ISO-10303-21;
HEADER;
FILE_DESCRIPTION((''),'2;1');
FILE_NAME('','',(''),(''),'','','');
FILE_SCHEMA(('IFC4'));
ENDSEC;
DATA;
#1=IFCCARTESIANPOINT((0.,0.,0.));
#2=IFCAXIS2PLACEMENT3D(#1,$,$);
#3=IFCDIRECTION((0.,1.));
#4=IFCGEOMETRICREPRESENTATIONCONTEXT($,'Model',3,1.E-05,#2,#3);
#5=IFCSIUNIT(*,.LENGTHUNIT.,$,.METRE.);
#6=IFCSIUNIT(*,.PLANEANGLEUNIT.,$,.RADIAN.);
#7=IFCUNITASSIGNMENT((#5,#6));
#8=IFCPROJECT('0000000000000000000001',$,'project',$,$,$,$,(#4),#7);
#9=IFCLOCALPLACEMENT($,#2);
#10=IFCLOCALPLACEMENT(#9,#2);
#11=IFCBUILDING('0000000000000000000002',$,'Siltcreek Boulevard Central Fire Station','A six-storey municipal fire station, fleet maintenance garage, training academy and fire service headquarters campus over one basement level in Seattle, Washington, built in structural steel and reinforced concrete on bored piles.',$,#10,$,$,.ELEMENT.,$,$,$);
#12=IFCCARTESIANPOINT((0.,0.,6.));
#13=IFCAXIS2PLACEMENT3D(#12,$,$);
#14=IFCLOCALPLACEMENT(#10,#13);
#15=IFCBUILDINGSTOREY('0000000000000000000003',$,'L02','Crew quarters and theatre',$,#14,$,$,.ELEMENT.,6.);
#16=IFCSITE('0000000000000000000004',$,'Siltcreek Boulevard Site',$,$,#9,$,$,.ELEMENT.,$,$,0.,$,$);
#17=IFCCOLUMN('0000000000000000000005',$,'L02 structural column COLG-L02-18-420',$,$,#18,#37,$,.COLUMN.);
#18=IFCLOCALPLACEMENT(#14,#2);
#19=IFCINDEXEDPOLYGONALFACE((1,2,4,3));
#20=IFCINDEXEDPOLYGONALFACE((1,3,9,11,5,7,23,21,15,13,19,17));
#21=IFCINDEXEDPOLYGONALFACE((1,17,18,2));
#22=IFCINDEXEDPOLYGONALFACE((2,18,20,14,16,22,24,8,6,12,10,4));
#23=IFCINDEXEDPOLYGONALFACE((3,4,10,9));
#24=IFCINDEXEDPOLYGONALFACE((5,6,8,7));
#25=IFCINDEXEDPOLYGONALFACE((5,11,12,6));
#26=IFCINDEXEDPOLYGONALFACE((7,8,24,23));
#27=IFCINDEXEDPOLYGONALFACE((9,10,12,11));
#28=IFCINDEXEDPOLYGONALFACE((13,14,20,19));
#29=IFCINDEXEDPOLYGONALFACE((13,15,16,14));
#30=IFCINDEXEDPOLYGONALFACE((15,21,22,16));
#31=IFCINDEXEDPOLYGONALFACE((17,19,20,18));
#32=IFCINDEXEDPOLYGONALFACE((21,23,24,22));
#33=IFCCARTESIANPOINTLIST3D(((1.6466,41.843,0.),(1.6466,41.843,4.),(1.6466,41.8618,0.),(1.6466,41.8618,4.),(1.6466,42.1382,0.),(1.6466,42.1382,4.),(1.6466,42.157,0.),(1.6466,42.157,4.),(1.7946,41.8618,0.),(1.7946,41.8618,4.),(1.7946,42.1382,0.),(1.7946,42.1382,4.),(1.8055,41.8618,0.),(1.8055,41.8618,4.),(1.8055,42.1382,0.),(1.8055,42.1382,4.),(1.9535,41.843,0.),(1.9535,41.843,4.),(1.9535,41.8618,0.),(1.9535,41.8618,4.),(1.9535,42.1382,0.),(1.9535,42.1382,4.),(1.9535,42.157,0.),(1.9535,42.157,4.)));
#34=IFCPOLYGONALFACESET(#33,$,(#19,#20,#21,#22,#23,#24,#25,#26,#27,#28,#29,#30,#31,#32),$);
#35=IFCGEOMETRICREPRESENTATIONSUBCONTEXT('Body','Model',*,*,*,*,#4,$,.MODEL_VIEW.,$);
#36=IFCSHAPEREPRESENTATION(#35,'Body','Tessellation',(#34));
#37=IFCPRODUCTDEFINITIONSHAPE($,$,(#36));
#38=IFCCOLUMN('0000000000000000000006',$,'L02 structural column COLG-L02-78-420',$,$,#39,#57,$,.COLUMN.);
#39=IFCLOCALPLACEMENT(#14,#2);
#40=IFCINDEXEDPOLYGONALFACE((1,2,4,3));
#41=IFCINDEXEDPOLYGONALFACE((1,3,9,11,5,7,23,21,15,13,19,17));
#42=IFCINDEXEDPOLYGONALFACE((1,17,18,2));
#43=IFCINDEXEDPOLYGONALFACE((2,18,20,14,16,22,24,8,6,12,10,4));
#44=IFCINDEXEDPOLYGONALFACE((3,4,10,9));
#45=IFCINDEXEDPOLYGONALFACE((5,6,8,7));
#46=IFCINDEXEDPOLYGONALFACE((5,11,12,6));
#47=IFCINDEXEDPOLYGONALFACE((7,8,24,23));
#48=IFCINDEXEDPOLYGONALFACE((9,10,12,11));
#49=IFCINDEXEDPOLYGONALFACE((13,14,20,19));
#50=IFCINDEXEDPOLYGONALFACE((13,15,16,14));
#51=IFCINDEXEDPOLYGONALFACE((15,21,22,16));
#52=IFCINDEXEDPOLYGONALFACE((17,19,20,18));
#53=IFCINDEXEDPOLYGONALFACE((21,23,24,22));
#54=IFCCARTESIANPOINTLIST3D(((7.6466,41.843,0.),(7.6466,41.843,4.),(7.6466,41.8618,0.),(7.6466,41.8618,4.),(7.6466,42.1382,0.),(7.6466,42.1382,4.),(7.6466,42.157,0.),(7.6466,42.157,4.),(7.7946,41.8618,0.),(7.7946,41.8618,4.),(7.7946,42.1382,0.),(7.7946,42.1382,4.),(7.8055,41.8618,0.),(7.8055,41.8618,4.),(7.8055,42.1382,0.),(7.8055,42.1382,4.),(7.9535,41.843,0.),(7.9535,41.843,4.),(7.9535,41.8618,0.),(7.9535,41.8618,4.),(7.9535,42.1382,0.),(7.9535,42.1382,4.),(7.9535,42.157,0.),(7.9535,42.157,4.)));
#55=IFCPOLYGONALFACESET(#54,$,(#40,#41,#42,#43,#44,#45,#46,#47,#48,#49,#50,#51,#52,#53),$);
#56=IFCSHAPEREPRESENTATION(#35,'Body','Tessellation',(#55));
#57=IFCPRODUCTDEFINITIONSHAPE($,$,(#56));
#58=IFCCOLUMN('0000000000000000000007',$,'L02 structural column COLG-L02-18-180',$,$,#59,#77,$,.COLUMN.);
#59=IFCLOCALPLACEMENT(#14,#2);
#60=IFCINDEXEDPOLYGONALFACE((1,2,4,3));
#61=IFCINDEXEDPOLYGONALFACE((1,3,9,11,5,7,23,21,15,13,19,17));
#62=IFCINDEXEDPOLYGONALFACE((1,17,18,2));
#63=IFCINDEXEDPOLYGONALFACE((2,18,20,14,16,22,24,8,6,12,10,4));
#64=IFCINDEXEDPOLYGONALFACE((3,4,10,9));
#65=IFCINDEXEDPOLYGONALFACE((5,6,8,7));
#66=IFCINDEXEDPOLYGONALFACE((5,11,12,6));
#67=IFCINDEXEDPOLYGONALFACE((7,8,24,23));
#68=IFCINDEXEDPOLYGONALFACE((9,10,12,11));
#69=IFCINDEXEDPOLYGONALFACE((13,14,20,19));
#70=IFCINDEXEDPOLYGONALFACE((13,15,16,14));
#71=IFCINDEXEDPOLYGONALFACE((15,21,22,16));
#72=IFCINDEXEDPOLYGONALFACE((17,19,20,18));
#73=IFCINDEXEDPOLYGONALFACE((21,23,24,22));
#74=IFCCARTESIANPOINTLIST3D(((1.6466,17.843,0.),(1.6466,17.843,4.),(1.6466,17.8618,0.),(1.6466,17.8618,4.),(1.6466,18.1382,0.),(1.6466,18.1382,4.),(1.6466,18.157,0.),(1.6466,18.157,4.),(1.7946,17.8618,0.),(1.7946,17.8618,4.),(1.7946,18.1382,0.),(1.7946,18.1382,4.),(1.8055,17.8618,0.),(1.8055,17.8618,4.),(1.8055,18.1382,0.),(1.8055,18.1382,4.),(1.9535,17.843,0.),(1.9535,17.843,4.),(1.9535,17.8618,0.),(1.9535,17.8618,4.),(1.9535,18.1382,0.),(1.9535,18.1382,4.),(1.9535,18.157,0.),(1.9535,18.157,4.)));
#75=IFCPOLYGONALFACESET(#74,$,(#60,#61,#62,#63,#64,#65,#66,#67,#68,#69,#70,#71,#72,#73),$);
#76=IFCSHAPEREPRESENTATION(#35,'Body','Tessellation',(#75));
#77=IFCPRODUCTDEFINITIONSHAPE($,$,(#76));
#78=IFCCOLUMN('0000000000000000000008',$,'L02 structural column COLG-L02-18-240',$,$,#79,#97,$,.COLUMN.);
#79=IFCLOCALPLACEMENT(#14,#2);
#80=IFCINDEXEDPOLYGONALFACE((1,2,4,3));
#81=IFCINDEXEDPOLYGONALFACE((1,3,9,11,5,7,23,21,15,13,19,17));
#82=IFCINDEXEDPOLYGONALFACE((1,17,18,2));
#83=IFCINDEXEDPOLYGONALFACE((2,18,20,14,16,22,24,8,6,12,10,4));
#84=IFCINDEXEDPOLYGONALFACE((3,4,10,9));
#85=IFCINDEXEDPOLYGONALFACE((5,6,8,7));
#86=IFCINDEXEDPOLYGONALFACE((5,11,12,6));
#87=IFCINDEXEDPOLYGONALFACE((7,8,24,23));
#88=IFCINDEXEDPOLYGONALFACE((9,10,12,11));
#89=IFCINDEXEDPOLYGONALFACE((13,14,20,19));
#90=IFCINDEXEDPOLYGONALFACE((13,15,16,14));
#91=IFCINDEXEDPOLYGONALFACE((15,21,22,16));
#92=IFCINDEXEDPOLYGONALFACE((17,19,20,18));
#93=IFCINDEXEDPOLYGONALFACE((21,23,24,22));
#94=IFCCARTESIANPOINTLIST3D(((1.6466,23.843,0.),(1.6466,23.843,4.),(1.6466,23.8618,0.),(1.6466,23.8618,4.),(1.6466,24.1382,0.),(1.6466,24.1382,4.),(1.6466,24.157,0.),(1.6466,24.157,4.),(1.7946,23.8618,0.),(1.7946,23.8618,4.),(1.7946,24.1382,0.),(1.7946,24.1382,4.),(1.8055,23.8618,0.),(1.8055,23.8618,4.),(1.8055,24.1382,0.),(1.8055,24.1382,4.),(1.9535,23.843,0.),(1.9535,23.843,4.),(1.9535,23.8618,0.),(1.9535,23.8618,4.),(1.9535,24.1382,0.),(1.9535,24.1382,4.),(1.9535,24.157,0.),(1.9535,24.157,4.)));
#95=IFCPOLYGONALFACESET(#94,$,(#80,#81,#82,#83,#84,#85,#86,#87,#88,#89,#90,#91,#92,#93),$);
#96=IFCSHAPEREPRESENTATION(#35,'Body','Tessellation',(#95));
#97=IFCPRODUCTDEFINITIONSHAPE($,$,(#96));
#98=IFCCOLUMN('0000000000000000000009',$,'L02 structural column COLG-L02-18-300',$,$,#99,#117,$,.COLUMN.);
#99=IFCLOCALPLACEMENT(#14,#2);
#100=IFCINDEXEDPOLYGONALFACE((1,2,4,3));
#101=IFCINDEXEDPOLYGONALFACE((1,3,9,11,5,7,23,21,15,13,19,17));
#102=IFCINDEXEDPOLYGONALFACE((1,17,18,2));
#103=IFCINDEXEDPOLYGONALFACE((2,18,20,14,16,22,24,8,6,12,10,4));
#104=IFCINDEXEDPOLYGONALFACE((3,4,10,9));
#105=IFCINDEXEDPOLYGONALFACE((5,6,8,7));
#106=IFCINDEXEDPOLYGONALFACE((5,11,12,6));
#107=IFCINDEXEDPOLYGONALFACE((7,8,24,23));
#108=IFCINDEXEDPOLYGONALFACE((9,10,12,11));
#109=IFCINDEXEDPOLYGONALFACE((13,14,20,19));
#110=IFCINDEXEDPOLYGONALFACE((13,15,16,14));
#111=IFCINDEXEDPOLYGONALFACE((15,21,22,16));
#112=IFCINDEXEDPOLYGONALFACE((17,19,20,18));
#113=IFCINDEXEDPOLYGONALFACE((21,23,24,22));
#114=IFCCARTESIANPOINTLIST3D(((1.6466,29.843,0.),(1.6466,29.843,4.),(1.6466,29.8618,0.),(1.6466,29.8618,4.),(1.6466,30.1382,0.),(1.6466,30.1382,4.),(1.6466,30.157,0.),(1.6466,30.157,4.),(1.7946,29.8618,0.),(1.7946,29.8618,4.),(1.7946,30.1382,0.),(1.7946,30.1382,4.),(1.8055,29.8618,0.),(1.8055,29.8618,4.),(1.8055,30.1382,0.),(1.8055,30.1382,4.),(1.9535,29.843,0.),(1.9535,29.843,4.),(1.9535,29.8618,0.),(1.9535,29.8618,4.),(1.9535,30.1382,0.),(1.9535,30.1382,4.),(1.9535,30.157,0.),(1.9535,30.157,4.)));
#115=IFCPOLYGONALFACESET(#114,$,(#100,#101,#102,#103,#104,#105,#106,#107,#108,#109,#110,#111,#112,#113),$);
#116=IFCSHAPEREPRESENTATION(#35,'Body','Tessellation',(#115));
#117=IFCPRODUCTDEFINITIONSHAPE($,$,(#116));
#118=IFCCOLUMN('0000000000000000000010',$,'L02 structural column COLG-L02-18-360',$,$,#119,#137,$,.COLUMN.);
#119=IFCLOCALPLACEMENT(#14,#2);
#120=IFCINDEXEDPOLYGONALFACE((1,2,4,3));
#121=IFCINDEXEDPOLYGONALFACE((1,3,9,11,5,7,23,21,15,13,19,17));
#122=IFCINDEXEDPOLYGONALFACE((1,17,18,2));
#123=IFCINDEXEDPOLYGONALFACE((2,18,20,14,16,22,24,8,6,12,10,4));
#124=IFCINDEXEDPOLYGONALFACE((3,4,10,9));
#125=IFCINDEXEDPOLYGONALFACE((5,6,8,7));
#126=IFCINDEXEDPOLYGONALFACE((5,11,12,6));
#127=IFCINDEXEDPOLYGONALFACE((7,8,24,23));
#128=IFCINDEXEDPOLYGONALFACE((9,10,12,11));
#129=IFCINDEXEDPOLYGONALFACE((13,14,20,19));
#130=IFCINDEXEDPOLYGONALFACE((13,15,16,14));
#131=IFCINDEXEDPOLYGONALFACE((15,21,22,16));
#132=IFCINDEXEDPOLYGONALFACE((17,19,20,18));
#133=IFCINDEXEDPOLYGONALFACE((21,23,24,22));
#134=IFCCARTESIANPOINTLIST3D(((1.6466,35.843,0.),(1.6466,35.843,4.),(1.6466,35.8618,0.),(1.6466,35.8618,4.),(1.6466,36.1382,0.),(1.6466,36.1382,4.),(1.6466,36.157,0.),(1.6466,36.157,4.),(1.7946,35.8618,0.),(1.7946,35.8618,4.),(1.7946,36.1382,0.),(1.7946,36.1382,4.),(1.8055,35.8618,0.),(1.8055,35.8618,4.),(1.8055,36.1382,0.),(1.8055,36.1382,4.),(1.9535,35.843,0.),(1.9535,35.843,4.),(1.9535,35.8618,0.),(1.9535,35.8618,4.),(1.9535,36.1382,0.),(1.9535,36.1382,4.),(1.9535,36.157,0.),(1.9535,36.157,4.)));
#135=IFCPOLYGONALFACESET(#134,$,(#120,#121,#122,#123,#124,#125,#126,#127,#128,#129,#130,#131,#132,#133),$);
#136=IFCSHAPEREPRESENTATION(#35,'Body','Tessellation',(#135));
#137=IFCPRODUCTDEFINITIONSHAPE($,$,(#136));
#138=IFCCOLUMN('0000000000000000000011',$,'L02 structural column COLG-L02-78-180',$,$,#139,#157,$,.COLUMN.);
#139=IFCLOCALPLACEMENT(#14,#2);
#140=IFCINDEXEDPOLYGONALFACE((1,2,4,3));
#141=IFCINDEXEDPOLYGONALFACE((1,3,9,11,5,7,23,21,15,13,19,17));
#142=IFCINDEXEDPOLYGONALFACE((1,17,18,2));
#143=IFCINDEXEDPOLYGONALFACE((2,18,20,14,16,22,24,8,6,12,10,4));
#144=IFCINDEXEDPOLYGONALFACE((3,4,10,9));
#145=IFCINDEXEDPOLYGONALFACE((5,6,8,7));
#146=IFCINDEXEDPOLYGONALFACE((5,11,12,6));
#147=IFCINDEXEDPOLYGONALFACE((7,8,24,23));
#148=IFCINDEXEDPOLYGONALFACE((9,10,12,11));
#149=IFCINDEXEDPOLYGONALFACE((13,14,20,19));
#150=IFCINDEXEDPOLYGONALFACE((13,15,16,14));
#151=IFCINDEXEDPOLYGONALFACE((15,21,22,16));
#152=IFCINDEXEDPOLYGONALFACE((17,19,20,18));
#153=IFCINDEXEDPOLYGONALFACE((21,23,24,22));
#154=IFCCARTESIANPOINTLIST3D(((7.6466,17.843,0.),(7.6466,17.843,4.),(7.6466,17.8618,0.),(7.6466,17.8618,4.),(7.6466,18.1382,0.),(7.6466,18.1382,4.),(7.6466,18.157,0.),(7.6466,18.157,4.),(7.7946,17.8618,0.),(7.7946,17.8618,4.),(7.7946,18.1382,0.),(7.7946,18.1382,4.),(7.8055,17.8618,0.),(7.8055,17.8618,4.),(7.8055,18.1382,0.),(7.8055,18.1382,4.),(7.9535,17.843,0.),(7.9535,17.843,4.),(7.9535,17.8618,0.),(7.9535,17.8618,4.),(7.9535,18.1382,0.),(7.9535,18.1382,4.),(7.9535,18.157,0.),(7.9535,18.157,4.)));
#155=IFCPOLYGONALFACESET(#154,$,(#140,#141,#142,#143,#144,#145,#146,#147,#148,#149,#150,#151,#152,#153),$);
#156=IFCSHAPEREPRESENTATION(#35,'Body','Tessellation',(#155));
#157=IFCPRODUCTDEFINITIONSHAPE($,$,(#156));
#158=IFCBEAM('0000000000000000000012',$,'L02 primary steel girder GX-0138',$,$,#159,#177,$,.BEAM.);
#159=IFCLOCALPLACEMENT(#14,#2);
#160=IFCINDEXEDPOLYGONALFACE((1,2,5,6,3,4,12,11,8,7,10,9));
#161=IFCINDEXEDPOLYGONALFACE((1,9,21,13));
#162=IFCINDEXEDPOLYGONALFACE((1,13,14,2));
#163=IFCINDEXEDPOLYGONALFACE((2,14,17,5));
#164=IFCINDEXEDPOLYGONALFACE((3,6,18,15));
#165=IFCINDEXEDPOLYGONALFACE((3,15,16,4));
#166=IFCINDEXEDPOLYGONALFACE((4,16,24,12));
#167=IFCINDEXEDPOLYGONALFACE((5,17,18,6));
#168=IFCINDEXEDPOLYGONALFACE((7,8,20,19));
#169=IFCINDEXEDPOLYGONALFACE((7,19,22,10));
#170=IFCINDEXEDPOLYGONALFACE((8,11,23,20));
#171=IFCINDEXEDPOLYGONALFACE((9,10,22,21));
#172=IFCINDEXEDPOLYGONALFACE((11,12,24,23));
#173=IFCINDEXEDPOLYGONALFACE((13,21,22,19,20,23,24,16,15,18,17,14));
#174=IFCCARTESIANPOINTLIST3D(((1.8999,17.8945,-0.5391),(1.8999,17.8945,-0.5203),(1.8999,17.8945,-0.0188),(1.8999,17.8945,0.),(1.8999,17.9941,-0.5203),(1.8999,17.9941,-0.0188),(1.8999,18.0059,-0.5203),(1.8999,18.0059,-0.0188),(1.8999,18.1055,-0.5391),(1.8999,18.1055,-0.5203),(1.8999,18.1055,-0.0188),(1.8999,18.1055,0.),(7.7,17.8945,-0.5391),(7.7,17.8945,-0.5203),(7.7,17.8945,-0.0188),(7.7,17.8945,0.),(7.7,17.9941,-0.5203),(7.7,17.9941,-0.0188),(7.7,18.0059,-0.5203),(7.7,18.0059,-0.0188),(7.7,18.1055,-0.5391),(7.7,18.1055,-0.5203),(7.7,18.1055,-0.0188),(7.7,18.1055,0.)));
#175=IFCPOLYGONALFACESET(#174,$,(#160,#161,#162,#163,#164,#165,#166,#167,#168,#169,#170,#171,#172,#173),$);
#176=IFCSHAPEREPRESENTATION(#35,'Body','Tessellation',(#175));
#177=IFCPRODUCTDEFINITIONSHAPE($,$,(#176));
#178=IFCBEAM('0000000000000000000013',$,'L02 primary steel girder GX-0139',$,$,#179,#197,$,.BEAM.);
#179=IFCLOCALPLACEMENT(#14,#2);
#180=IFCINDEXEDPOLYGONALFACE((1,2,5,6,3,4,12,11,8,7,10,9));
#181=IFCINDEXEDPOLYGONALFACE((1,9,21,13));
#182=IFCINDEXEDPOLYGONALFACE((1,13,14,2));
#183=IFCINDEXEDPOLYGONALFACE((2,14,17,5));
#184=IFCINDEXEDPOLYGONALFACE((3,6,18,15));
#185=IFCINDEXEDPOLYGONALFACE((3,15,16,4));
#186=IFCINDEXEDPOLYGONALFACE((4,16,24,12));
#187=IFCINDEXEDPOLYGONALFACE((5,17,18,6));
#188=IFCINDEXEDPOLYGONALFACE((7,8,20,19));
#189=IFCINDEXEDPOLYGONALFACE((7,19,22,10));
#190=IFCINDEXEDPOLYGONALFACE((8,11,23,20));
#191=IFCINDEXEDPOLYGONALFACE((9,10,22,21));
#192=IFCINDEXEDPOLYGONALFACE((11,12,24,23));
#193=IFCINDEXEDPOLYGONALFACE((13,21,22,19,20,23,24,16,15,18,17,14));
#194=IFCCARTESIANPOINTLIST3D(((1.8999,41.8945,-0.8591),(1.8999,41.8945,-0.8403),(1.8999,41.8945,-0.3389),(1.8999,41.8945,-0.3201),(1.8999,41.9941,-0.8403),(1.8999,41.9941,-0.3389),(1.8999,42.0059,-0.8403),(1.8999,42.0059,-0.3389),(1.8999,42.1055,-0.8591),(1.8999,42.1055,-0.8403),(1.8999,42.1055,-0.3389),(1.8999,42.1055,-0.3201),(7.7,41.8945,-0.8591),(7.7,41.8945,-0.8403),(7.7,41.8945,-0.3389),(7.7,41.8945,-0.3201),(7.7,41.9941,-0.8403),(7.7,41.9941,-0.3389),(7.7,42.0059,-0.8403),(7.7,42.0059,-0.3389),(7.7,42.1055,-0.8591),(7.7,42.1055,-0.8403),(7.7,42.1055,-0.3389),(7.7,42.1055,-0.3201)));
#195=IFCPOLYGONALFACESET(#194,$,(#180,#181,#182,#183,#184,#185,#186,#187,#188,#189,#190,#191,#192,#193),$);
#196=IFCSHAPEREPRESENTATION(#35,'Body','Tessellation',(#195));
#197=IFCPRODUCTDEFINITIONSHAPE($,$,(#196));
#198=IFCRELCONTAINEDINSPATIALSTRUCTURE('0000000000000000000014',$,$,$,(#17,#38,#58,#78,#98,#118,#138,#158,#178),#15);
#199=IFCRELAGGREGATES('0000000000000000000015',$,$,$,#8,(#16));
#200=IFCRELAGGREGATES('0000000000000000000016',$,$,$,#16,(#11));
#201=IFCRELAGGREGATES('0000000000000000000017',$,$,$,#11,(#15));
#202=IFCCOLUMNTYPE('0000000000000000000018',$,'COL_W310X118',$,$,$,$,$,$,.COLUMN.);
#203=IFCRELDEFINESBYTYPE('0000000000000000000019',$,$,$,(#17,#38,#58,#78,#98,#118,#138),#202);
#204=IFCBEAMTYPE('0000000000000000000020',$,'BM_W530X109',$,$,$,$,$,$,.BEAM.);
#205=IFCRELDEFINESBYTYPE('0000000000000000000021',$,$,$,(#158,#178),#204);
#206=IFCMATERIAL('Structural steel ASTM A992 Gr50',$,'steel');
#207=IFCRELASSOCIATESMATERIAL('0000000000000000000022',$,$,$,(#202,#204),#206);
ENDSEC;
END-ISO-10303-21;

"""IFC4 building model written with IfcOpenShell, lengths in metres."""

from ifc_helpers import new_model, si_unit, direction, frame, origin, origin_2d, place, context, subcontext, project, spatial, i_section, extrude, material, material_profile, profile_set, type_object, element, save


model = new_model("IFC4")

# Units and contexts
model_context = context("Model", 3, precision=1e-05, world=origin(), true_north=direction((0.0, 1.0)))
body_context = subcontext(model_context, "Body", "Model", "MODEL_VIEW")
ifc_project = project(units=[si_unit("LENGTHUNIT", "METRE"), si_unit("PLANEANGLEUNIT", "RADIAN")], contexts=[model_context])

# Site, building, storey
site_placement = place(None, origin())
site = spatial("IfcSite", under=ifc_project, at=site_placement, Name="Siltcreek Boulevard Site", CompositionType="ELEMENT", RefElevation=0.0)
building_placement = place(site_placement, origin())
building = spatial("IfcBuilding", under=site, at=building_placement, Name="Siltcreek Boulevard Central Fire Station", Description="A six-storey municipal fire station, fleet maintenance garage, training academy and fire service headquarters campus over one basement level in Seattle, Washington, built in structural steel and reinforced concrete on bored piles.", CompositionType="ELEMENT")
storey_placement = place(building_placement, frame((0.0, 0.0, 6.0)))
storey = spatial("IfcBuildingStorey", under=building, at=storey_placement, Name="L02", Description="Crew quarters and theatre", CompositionType="ELEMENT", Elevation=6.0)

# Columns
ifc_material_1 = material(Name="Structural steel ASTM A992 Gr50", Category="steel")
ifc_material_profile_1 = material_profile(ifc_material_1, i_section(OverallWidth=0.3069, OverallDepth=0.314, WebThickness=0.011, FlangeThickness=0.0188, at=origin_2d()), Name="W310X118")
ifc_profile_set_1 = profile_set([ifc_material_profile_1], Name="Structural steel ASTM A992 Gr50")
column_type = type_object("IfcColumnType", Name="COL_W310X118", PredefinedType="COLUMN", material=ifc_profile_set_1)
for number, where, z_axis, x_axis, name in (
    (1, (1.8, 42.0, 0.0), (0.0, 0.0, 1.0), (1.0, 0.0, 0.0), "L02 structural column COLG-L02-18-420"),
    (2, (7.8, 42.0, 0.0), (0.0, 0.0, 1.0), (1.0, 0.0, 0.0), "L02 structural column COLG-L02-78-420"),
    (3, (1.8, 18.0, 0.0), (0.0, 0.0, 1.0), (1.0, 0.0, 0.0), "L02 structural column COLG-L02-18-180"),
    (4, (1.8, 24.0, 0.0), (0.0, 0.0, 1.0), (1.0, 0.0, 0.0), "L02 structural column COLG-L02-18-240"),
    (5, (1.8, 30.0, 0.0), (0.0, 0.0, 1.0), (1.0, 0.0, 0.0), "L02 structural column COLG-L02-18-300"),
    (6, (1.8, 36.0, 0.0), (0.0, 0.0, 1.0), (1.0, 0.0, 0.0), "L02 structural column COLG-L02-18-360"),
    (7, (7.8, 18.0, 0.0), (0.0, 0.0, 1.0), (1.0, 0.0, 0.0), "L02 structural column COLG-L02-78-180"),
):
    element("IfcColumn", number, at=place(storey_placement, frame(where, z_axis=z_axis, x_axis=x_axis)), inside=storey, type_object=column_type, Name=name, PredefinedType="COLUMN", context=body_context, shape_type="SweptSolid", body=[
        extrude(i_section(OverallWidth=0.3069, OverallDepth=0.314, WebThickness=0.011, FlangeThickness=0.0188, at=origin_2d()), origin(), (0.0, 0.0, 1.0), 4.0),
    ])

# Beams
ifc_material_profile_2 = material_profile(ifc_material_1, i_section(OverallWidth=0.2109, OverallDepth=0.5391, WebThickness=0.0117, FlangeThickness=0.0188, at=origin_2d()), Name="W530X109")
ifc_profile_set_2 = profile_set([ifc_material_profile_2], Name="Structural steel ASTM A992 Gr50")
beam_type_1 = type_object("IfcBeamType", Name="BM_W530X109", PredefinedType="BEAM", material=ifc_profile_set_2)
for number, where, z_axis, x_axis, name in (
    (8, (1.8999, 18.0, -0.2695), (1.0, 0.0, 0.0), (0.0, 1.0, 0.0), "L02 primary steel girder GX-0138"),
    (9, (1.8999, 42.0, -0.5896), (1.0, 0.0, 0.0), (0.0, 1.0, 0.0), "L02 primary steel girder GX-0139"),
):
    element("IfcBeam", number, at=place(storey_placement, frame(where, z_axis=z_axis, x_axis=x_axis)), inside=storey, type_object=beam_type_1, Name=name, PredefinedType="BEAM", context=body_context, shape_type="SweptSolid", body=[
        extrude(i_section(OverallWidth=0.2109, OverallDepth=0.5391, WebThickness=0.0117, FlangeThickness=0.0188, at=origin_2d()), origin(), (0.0, 0.0, 1.0), 5.8),
    ])

save(model, "model.ifc")
